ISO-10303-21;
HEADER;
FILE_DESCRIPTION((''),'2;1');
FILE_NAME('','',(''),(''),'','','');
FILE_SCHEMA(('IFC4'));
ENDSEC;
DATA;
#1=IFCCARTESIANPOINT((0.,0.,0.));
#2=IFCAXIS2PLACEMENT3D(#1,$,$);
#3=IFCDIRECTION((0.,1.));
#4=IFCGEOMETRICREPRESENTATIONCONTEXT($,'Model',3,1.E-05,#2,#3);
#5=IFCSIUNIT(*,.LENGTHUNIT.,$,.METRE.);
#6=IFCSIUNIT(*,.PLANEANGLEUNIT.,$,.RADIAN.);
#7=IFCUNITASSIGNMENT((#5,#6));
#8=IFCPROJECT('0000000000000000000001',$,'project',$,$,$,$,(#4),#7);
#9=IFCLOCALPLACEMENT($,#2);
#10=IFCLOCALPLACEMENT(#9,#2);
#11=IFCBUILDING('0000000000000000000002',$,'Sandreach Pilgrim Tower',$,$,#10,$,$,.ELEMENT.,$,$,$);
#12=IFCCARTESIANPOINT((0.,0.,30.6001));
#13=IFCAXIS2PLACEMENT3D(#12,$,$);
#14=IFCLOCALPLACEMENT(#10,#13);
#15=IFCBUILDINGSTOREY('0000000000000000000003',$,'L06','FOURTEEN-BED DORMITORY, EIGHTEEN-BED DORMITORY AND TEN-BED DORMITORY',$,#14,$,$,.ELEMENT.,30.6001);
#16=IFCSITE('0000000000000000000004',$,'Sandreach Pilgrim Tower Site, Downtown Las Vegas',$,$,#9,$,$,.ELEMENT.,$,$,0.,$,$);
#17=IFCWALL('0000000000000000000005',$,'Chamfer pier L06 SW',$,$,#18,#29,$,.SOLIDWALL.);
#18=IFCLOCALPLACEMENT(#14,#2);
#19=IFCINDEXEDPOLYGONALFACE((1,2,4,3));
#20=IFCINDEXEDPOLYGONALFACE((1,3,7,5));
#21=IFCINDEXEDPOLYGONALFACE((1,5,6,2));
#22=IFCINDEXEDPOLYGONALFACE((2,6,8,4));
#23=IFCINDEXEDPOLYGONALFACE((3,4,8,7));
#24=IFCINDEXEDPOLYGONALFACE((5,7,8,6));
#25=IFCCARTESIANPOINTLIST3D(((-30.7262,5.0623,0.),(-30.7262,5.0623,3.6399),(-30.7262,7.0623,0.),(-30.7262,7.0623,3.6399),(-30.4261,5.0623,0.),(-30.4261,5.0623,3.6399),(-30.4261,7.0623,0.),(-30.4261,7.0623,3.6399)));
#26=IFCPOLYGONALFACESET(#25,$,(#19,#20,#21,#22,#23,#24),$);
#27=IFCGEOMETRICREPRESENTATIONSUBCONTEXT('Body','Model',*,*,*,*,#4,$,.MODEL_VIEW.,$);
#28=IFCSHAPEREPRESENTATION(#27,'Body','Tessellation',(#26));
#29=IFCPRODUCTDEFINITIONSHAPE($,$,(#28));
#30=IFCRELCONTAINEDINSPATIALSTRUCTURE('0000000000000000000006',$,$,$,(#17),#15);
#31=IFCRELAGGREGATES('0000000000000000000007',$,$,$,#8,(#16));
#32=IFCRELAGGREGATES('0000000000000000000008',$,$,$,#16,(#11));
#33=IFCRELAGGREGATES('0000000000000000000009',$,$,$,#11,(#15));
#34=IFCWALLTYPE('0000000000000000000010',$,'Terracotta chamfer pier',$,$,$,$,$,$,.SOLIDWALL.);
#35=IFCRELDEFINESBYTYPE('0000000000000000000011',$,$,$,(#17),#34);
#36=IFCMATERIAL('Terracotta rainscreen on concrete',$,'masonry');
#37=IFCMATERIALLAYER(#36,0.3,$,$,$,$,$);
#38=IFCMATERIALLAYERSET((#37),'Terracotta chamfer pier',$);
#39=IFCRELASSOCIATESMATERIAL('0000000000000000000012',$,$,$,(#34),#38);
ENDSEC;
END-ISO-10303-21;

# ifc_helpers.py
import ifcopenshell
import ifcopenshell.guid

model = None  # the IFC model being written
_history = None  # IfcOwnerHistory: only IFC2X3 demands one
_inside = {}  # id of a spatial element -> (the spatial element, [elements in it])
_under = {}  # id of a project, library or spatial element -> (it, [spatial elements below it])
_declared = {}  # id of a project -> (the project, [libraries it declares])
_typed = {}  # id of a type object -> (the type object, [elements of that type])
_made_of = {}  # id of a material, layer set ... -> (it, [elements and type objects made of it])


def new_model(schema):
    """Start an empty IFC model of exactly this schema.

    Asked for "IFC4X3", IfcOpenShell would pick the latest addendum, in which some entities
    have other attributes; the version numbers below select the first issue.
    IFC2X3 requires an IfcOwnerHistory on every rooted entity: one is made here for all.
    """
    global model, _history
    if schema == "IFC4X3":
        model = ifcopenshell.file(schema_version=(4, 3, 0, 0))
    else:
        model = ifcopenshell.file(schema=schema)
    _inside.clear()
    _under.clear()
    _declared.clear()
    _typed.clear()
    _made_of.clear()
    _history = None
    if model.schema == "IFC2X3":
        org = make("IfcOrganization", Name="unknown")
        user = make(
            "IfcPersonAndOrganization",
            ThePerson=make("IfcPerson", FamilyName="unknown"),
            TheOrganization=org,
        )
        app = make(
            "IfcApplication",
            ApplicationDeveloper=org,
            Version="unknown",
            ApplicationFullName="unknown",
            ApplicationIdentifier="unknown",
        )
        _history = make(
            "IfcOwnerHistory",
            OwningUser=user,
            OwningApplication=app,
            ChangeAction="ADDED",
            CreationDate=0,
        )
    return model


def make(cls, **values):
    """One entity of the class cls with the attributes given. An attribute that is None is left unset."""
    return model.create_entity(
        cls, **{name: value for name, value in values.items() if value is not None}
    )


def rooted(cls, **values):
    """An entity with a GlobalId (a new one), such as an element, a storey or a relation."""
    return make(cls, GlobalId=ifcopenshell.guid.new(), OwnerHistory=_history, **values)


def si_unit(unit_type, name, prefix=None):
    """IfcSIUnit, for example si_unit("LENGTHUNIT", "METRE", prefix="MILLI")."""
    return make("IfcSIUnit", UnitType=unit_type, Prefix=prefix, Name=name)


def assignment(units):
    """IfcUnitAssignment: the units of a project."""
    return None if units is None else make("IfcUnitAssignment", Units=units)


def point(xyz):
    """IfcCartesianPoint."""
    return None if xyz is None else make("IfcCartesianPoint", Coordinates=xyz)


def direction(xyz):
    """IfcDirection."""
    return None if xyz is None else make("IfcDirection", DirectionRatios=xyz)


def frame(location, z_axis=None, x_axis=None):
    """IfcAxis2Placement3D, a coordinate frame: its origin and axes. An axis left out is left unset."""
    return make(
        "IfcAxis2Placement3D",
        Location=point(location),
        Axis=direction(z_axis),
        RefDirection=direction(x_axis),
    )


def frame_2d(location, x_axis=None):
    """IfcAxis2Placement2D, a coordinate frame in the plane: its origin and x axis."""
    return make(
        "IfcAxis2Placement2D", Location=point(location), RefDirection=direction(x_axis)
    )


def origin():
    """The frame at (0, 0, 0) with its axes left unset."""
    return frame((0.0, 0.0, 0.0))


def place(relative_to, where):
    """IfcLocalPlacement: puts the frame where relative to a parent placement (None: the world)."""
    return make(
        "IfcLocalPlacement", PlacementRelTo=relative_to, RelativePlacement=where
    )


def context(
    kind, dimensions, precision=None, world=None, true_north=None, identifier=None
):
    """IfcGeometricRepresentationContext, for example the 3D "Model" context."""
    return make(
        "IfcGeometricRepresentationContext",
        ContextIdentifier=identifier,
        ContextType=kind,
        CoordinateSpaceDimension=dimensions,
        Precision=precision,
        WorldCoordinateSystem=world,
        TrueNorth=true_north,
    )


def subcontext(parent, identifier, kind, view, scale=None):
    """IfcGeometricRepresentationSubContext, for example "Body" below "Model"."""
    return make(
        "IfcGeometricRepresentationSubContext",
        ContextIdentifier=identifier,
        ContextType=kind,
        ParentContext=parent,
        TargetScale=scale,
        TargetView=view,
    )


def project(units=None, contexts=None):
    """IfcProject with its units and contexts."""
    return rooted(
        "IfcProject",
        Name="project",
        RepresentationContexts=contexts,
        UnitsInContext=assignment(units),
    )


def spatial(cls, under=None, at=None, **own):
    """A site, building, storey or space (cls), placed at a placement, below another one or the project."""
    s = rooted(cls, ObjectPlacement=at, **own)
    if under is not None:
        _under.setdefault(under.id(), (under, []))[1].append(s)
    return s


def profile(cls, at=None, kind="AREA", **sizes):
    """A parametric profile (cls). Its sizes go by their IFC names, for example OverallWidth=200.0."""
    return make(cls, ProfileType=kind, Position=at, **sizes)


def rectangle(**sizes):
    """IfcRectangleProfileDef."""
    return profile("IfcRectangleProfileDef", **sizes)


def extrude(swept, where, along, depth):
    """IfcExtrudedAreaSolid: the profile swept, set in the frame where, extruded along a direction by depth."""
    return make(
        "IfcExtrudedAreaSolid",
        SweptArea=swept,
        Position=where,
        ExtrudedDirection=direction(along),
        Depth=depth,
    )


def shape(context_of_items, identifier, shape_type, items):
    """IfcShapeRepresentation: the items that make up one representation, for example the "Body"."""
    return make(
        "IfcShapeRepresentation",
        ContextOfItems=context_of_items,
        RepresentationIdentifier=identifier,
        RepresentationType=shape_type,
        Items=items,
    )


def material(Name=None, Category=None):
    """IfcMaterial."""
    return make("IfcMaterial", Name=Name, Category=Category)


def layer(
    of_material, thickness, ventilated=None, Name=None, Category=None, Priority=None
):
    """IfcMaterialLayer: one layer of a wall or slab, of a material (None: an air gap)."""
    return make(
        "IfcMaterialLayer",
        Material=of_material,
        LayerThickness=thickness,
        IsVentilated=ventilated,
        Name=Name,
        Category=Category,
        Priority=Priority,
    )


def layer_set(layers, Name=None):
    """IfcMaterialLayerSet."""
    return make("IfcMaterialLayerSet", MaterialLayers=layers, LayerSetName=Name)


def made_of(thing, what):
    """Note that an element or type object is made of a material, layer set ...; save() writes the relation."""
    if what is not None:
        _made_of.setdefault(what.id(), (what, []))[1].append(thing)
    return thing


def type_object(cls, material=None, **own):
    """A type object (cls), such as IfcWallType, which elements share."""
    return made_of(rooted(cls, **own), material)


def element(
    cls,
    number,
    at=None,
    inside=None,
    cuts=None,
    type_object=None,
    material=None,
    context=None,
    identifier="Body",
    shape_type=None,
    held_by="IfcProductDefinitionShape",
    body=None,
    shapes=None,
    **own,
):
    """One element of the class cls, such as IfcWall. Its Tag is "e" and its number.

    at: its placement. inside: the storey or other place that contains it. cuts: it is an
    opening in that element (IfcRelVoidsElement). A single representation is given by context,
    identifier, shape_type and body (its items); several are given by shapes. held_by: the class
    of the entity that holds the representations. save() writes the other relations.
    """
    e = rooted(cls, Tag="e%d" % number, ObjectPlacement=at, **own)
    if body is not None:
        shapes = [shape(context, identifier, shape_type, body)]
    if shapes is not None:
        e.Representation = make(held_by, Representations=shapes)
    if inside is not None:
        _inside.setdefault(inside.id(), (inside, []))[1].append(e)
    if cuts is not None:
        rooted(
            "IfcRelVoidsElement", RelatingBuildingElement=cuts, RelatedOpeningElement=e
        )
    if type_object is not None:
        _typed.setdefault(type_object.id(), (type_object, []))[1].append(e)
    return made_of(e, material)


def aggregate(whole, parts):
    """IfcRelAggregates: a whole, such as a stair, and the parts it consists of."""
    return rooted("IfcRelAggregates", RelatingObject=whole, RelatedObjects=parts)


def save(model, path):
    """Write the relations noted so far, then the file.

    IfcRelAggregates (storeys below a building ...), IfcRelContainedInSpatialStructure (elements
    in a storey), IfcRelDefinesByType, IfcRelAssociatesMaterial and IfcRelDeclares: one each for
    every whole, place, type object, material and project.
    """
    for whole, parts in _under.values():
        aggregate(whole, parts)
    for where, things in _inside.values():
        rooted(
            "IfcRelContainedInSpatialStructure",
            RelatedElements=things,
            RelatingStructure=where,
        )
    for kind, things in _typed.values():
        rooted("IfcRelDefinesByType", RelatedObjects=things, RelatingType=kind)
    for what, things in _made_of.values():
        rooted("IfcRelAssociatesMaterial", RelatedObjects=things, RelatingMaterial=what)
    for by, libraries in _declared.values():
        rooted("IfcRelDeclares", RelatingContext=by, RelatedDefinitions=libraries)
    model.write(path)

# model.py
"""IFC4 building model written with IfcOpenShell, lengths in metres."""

from ifc_helpers import new_model, si_unit, direction, frame, frame_2d, origin, place, context, subcontext, project, spatial, rectangle, extrude, material, layer, layer_set, type_object, element, save


model = new_model("IFC4")

# Units and contexts
model_context = context("Model", 3, precision=1e-05, world=origin(), true_north=direction((0.0, 1.0)))
body_context = subcontext(model_context, "Body", "Model", "MODEL_VIEW")
ifc_project = project(units=[si_unit("LENGTHUNIT", "METRE"), si_unit("PLANEANGLEUNIT", "RADIAN")], contexts=[model_context])

# Site, building, storey
site_placement = place(None, origin())
site = spatial("IfcSite", under=ifc_project, at=site_placement, Name="Sandreach Pilgrim Tower Site, Downtown Las Vegas", CompositionType="ELEMENT", RefElevation=0.0)
building_placement = place(site_placement, origin())
building = spatial("IfcBuilding", under=site, at=building_placement, Name="Sandreach Pilgrim Tower", CompositionType="ELEMENT")
storey_placement = place(building_placement, frame((0.0, 0.0, 30.6001)))
storey = spatial("IfcBuildingStorey", under=building, at=storey_placement, Name="L06", Description="FOURTEEN-BED DORMITORY, EIGHTEEN-BED DORMITORY AND TEN-BED DORMITORY", CompositionType="ELEMENT", Elevation=30.6001)

# Wall
ifc_material_1 = material(Name="Terracotta rainscreen on concrete", Category="masonry")
ifc_layer_1 = layer(ifc_material_1, 0.3)
ifc_layer_set_1 = layer_set([ifc_layer_1], Name="Terracotta chamfer pier")
wall_type_1 = type_object("IfcWallType", Name="Terracotta chamfer pier", PredefinedType="SOLIDWALL", material=ifc_layer_set_1)
wall_1_placement = place(storey_placement, frame((-30.5762, 5.0623, 0.0), z_axis=(0.0, 0.0, 1.0), x_axis=(0.0, 1.0, 0.0)))
element("IfcWall", 1, at=wall_1_placement, inside=storey, type_object=wall_type_1, Name="Chamfer pier L06 SW", PredefinedType="SOLIDWALL", context=body_context, shape_type="SweptSolid", body=[
    extrude(rectangle(XDim=2.0, YDim=0.3, at=frame_2d((1.0, 0.0))), origin(), (0.0, 0.0, 1.0), 3.6399),
])

save(model, "model.ifc")
